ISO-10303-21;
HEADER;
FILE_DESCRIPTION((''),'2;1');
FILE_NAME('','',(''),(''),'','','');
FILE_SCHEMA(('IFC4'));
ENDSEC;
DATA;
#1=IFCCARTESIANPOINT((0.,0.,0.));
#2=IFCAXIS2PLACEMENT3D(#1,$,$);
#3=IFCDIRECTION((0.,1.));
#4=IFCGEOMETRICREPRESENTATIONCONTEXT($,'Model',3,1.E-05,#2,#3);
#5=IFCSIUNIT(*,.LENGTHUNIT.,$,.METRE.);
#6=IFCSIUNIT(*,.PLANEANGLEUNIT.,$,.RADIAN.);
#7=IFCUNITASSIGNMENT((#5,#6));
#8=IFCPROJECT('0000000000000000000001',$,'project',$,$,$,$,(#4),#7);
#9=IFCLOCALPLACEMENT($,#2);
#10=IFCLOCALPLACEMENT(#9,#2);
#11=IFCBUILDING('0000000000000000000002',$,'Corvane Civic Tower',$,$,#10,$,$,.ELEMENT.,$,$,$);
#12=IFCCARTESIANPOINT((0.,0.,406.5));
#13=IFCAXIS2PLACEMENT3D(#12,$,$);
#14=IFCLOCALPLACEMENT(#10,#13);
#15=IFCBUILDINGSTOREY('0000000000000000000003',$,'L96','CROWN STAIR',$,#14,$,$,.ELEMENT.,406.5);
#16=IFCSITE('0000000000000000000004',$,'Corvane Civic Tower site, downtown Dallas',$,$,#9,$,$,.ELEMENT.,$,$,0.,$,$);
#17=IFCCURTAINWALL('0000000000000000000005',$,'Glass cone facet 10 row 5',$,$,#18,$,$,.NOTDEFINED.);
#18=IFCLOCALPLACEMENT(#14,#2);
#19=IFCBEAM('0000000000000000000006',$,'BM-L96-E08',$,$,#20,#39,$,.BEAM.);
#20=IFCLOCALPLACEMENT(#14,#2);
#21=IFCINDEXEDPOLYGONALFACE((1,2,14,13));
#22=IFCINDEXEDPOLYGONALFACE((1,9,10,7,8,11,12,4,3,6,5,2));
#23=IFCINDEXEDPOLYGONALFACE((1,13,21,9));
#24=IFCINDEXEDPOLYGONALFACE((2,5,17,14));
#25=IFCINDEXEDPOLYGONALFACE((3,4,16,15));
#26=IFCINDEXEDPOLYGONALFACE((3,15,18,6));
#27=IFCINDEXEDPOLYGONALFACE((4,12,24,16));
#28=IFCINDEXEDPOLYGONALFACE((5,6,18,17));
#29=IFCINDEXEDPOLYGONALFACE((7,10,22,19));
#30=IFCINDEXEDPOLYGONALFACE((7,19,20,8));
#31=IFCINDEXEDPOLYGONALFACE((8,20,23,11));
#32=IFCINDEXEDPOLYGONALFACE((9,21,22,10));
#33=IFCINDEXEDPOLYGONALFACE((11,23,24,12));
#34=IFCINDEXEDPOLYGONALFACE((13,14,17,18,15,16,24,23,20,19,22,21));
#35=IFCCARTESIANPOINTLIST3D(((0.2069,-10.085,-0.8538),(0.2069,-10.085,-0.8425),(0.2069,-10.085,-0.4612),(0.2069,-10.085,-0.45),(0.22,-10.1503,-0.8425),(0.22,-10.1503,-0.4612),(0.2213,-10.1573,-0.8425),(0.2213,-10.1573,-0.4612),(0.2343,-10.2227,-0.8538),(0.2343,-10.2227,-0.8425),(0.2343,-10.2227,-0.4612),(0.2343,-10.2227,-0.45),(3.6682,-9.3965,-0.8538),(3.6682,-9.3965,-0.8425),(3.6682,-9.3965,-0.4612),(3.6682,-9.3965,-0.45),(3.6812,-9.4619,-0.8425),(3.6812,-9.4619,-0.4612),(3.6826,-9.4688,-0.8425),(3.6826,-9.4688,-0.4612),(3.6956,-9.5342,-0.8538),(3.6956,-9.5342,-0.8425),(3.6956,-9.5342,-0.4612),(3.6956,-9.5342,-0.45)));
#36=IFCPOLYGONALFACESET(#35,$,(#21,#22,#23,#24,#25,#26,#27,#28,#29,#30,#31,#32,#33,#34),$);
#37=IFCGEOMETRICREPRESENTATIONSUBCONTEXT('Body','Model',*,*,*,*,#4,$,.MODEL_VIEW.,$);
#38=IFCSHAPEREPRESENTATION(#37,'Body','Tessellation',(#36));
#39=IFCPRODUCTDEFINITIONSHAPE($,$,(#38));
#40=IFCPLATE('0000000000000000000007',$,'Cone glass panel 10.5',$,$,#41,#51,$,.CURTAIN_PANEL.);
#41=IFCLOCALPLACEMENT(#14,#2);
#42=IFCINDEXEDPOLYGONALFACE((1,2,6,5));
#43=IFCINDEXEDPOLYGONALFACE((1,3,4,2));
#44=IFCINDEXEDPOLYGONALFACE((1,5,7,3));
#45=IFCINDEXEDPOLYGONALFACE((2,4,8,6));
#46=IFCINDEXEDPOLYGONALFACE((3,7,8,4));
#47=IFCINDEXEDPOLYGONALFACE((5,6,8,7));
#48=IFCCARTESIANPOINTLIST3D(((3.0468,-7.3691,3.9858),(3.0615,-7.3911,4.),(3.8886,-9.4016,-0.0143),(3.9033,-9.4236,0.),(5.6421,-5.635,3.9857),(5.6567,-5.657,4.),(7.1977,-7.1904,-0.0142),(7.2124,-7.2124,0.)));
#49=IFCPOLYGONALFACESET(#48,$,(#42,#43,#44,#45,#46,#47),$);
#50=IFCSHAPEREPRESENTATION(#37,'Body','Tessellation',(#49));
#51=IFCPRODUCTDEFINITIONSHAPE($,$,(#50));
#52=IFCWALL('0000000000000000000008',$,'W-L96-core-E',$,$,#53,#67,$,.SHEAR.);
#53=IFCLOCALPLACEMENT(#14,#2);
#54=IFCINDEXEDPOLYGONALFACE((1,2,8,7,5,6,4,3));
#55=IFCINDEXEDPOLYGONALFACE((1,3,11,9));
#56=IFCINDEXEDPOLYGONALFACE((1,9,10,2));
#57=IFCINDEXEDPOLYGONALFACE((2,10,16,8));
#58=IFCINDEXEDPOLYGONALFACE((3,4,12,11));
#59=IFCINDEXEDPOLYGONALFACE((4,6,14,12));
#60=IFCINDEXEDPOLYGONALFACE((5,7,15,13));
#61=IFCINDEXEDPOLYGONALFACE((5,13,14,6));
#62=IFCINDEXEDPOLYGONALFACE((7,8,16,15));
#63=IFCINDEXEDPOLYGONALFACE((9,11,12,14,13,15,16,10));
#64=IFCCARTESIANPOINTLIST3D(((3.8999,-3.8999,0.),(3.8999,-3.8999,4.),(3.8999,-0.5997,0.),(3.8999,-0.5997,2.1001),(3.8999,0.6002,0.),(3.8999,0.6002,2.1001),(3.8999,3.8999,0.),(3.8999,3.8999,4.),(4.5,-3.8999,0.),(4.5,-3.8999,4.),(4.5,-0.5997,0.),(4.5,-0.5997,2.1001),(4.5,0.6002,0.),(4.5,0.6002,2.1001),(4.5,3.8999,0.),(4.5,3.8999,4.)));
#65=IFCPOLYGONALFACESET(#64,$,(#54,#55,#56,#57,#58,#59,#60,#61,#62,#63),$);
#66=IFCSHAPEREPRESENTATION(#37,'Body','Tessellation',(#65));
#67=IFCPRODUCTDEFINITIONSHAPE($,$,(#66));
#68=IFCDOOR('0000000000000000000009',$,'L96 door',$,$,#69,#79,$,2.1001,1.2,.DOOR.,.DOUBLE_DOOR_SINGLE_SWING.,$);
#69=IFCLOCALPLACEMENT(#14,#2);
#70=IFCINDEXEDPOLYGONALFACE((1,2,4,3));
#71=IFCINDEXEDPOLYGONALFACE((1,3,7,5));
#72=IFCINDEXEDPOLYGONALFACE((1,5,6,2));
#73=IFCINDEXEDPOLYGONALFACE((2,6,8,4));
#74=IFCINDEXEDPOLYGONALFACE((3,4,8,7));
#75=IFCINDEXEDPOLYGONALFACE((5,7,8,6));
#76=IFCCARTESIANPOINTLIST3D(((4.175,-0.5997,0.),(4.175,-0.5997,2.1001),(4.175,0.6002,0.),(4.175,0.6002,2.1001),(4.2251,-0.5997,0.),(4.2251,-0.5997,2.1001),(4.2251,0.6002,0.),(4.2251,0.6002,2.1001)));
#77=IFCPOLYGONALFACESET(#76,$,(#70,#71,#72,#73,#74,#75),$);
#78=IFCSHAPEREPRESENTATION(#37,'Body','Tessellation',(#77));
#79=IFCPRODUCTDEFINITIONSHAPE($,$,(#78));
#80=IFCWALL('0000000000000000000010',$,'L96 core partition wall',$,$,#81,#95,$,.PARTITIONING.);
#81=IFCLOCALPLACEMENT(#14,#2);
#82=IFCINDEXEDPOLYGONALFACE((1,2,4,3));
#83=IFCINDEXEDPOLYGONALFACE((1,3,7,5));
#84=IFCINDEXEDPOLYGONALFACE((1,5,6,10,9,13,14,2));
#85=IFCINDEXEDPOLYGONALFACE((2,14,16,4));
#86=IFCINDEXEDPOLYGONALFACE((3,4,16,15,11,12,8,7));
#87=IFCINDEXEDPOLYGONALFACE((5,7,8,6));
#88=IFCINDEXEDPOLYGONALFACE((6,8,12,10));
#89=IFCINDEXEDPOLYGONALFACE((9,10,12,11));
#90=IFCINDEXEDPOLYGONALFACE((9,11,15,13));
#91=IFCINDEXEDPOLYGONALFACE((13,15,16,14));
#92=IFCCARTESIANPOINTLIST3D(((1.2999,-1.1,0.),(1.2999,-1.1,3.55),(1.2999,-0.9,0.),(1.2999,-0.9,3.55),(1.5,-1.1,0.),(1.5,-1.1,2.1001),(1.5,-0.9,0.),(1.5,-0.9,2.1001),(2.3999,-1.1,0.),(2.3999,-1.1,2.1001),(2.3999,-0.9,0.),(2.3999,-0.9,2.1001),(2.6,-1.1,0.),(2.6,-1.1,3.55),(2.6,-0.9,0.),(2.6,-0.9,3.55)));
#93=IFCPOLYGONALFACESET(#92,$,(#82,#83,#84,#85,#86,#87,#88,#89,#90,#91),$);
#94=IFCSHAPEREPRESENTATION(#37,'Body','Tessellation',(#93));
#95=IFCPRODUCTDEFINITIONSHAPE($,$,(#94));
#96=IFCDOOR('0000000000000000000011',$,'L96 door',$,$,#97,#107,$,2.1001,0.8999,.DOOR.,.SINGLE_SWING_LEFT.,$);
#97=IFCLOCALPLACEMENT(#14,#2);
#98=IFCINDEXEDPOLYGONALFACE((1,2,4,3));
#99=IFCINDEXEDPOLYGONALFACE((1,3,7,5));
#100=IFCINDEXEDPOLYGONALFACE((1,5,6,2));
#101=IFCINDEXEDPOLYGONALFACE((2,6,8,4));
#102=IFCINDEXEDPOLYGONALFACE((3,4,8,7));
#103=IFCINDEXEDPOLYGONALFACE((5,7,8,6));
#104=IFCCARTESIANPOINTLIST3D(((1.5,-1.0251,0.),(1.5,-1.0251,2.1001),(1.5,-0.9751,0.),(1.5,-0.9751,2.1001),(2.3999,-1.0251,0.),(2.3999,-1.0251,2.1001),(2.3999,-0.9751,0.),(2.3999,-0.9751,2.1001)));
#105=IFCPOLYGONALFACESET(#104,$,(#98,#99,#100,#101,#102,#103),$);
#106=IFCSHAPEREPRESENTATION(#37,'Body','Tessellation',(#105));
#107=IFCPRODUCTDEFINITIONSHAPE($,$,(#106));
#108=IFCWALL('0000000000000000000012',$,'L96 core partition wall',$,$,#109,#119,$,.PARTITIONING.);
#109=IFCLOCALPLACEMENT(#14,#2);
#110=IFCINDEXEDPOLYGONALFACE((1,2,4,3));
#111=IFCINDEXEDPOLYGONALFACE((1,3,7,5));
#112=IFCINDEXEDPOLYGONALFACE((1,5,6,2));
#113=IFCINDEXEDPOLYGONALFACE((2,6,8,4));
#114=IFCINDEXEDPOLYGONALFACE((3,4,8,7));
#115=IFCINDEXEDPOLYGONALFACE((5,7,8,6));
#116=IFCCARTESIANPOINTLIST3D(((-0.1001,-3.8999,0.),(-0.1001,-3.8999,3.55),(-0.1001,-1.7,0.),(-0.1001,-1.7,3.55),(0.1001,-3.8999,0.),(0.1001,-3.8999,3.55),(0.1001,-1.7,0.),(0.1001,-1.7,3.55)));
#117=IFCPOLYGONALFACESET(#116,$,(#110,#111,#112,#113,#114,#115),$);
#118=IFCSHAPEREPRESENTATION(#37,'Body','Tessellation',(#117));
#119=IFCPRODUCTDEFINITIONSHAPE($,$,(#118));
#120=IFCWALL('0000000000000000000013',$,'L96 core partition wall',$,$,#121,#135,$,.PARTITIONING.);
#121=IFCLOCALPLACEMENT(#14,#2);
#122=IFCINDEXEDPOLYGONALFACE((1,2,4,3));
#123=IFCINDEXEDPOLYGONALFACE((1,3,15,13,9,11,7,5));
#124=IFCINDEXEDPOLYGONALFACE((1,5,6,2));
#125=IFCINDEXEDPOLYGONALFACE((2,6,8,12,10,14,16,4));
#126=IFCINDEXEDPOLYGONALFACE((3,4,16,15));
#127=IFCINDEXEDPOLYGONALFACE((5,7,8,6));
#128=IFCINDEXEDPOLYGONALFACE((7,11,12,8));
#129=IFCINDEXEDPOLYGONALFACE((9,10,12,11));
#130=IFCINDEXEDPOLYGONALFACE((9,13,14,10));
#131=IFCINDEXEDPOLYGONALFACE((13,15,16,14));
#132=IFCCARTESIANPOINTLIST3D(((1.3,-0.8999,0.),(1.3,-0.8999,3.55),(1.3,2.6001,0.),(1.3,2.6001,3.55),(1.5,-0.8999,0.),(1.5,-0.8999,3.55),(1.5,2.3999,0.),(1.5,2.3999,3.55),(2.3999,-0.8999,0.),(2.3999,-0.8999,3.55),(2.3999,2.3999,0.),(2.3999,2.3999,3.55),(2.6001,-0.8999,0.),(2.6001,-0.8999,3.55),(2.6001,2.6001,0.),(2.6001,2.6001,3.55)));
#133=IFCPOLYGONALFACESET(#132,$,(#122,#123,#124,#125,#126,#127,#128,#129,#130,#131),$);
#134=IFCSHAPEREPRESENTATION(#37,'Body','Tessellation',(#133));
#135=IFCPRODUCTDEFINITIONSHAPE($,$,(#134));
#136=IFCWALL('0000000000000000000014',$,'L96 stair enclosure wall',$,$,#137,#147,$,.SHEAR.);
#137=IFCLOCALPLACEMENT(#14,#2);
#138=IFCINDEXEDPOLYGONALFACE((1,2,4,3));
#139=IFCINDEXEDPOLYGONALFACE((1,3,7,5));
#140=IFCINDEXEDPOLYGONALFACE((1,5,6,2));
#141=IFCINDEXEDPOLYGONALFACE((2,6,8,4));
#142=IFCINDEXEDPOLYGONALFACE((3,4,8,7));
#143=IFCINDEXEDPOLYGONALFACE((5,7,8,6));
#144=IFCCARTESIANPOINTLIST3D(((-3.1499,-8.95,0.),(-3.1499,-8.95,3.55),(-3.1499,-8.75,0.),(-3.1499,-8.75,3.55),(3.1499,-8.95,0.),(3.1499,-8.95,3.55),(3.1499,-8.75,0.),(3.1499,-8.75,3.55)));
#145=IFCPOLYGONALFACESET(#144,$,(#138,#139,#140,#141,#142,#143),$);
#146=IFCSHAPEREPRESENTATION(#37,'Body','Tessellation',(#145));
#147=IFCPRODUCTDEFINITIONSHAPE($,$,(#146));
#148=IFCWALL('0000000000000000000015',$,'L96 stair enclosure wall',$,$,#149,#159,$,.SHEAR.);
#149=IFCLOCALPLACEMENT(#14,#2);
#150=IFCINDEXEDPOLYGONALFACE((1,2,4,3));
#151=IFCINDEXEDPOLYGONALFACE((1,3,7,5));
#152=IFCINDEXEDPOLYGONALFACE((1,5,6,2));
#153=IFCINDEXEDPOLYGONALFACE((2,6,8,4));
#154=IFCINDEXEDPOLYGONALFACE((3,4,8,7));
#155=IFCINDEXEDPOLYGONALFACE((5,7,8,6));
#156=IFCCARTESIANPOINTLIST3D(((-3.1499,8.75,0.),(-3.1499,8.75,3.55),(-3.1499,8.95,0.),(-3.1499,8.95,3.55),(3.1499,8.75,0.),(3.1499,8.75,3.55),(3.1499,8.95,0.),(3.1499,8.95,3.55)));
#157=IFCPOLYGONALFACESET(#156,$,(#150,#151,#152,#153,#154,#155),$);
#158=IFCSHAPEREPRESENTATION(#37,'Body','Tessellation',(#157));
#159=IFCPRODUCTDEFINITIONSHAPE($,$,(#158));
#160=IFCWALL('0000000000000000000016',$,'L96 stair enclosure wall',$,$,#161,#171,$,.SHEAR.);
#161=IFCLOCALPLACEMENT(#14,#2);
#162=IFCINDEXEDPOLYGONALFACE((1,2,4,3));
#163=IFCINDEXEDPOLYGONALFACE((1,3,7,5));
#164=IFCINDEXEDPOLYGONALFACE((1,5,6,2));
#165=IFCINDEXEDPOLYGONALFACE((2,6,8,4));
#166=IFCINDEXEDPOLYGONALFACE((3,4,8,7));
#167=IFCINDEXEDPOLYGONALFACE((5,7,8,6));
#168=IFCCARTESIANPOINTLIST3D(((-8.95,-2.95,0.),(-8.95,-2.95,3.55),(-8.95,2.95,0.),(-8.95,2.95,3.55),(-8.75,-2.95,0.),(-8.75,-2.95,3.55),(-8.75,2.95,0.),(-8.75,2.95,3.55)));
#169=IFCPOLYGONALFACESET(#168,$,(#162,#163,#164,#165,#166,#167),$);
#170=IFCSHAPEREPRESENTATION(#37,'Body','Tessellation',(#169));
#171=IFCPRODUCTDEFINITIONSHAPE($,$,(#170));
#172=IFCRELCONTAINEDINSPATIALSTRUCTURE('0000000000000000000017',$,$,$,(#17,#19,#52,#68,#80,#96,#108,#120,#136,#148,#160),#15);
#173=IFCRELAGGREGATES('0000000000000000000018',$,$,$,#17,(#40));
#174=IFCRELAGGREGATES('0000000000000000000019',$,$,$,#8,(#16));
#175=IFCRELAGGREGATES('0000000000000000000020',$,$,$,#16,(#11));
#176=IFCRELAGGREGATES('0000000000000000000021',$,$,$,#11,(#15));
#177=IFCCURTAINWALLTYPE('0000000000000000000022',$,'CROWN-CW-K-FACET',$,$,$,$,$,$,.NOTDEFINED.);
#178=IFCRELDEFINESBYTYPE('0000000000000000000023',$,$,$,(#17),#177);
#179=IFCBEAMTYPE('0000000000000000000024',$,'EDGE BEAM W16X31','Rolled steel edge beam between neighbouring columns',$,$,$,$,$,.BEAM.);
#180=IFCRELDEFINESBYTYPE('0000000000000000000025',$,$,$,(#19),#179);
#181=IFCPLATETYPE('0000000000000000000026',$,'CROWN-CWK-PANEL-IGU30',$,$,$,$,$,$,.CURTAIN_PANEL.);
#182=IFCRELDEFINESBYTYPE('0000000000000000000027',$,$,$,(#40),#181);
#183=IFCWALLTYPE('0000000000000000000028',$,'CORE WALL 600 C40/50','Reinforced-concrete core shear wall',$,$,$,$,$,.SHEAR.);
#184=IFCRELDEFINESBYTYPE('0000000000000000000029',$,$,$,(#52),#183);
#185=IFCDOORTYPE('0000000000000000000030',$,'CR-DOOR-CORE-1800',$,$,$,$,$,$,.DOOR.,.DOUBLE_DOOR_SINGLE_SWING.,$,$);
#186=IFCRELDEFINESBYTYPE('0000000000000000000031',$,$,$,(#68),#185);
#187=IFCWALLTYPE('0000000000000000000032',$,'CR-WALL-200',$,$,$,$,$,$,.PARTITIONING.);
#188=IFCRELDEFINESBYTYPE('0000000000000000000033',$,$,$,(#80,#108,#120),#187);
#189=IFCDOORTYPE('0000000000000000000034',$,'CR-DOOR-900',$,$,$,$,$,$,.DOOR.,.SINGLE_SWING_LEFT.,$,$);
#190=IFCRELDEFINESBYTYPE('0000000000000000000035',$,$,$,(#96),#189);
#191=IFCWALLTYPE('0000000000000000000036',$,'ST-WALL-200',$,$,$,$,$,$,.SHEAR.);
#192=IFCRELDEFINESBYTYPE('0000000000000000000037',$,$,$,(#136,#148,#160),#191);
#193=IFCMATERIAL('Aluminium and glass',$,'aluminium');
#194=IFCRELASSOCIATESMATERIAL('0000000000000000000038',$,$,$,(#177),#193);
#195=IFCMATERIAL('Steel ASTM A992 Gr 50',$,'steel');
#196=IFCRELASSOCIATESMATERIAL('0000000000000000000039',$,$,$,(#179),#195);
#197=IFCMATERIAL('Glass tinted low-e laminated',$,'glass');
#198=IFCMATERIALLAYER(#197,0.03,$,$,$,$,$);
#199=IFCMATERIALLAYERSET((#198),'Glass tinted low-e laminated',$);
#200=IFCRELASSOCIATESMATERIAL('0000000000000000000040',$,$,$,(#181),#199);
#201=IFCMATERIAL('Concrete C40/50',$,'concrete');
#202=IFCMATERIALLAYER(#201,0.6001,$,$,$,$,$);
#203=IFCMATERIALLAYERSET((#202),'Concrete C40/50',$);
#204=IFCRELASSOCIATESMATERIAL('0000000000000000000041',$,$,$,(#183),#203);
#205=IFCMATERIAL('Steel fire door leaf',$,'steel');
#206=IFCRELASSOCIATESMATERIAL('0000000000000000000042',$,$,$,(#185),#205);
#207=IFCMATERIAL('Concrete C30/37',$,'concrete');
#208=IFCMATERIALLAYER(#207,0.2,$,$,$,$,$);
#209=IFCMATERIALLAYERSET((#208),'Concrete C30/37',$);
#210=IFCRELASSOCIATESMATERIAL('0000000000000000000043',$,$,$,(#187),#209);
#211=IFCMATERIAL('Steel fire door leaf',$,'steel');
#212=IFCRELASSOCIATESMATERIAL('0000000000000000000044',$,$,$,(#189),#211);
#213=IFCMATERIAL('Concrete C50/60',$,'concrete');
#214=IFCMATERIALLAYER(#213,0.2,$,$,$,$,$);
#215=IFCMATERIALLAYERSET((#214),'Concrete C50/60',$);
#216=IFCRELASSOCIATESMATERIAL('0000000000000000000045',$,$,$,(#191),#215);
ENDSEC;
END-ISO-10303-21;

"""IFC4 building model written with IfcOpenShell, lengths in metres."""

from ifc_helpers import new_model, si_unit, direction, frame, frame_2d, origin, origin_2d, place, context, subcontext, project, spatial, polyline, rectangle, i_section, outline, extrude, material, layer, layer_set, material_profile, profile_set, type_object, element, fill, aggregate, save


model = new_model("IFC4")

# Units and contexts
model_context = context("Model", 3, precision=1e-05, world=origin(), true_north=direction((0.0, 1.0)))
body_context = subcontext(model_context, "Body", "Model", "MODEL_VIEW")
ifc_project = project(units=[si_unit("LENGTHUNIT", "METRE"), si_unit("PLANEANGLEUNIT", "RADIAN")], contexts=[model_context])

# Site, building, storey
site_placement = place(None, origin())
site = spatial("IfcSite", under=ifc_project, at=site_placement, Name="Corvane Civic Tower site, downtown Dallas", CompositionType="ELEMENT", RefElevation=0.0)
building_placement = place(site_placement, origin())
building = spatial("IfcBuilding", under=site, at=building_placement, Name="Corvane Civic Tower", CompositionType="ELEMENT")
storey_placement = place(building_placement, frame((0.0, 0.0, 406.5)))
storey = spatial("IfcBuildingStorey", under=building, at=storey_placement, Name="L96", Description="CROWN STAIR", CompositionType="ELEMENT", Elevation=406.5)

# Shared definitions
ifc_material_1 = material(Name="Aluminium and glass", Category="aluminium")
curtain_wall_type = type_object("IfcCurtainWallType", Name="CROWN-CW-K-FACET", PredefinedType="NOTDEFINED", material=ifc_material_1)

# Curtain wall
curtain_wall_1_placement = place(storey_placement, origin())
curtain_wall_1 = element("IfcCurtainWall", 1, at=curtain_wall_1_placement, inside=storey, type_object=curtain_wall_type, Name="Glass cone facet 10 row 5", PredefinedType="NOTDEFINED")

# Beam
ifc_material_2 = material(Name="Steel ASTM A992 Gr 50", Category="steel")
ifc_material_profile_1 = material_profile(ifc_material_2, i_section(OverallWidth=0.1404, OverallDepth=0.4038, WebThickness=0.0071, FlangeThickness=0.0112, at=origin_2d()), Name="W16X31")
ifc_profile_set_1 = profile_set([ifc_material_profile_1], Name="Steel ASTM A992 Gr 50")
beam_type_1 = type_object("IfcBeamType", Name="EDGE BEAM W16X31", Description="Rolled steel edge beam between neighbouring columns", PredefinedType="BEAM", material=ifc_profile_set_1)
beam_placement = place(storey_placement, frame((3.6819, -9.4653, -0.6519), z_axis=(-0.980785, -0.195092, 0.0), x_axis=(0.195092, -0.980785, 0.0)))
element("IfcBeam", 2, at=beam_placement, inside=storey, type_object=beam_type_1, Name="BM-L96-E08", PredefinedType="BEAM", context=body_context, shape_type="SweptSolid", body=[
    extrude(i_section(OverallWidth=0.1404, OverallDepth=0.4038, WebThickness=0.0071, FlangeThickness=0.0112, at=origin_2d()), origin(), (0.0, 0.0, 1.0), 3.5291),
])

# Plate
ifc_material_3 = material(Name="Glass tinted low-e laminated", Category="glass")
ifc_layer_1 = layer(ifc_material_3, 0.03)
ifc_layer_set_1 = layer_set([ifc_layer_1], Name="Glass tinted low-e laminated")
plate_type = type_object("IfcPlateType", Name="CROWN-CWK-PANEL-IGU30", PredefinedType="CURTAIN_PANEL", material=ifc_layer_set_1)
plate_placement = place(storey_placement, frame((3.9033, -9.4236, 0.0), z_axis=(0.488988, -0.731788, 0.474738), x_axis=(0.831457, 0.555589, 0.000002)))
plate = element("IfcPlate", 3, at=plate_placement, type_object=plate_type, Name="Cone glass panel 10.5", PredefinedType="CURTAIN_PANEL", context=body_context, shape_type="SweptSolid", body=[
    extrude(outline(polyline([(0.0, 0.0), (3.9799, 0.0), (3.5506, 4.5448), (0.4293, 4.5448), (0.0, 0.0)])), origin(), (0.0, 0.0, -1.0), 0.03),
])
aggregate(curtain_wall_1, [plate])

# Walls, openings, doors
ifc_material_4 = material(Name="Concrete C40/50", Category="concrete")
ifc_layer_2 = layer(ifc_material_4, 0.6001)
ifc_layer_set_2 = layer_set([ifc_layer_2], Name="Concrete C40/50")
wall_type_1 = type_object("IfcWallType", Name="CORE WALL 600 C40/50", Description="Reinforced-concrete core shear wall", PredefinedType="SHEAR", material=ifc_layer_set_2)
wall_1_placement = place(storey_placement, frame((4.2, -3.8999, 0.0), z_axis=(0.0, 0.0, 1.0), x_axis=(0.0, 1.0, 0.0)))
wall_1 = element("IfcWall", 4, at=wall_1_placement, inside=storey, type_object=wall_type_1, Name="W-L96-core-E", PredefinedType="SHEAR", context=body_context, shape_type="SweptSolid", body=[
    extrude(rectangle(XDim=7.7998, YDim=0.6001, at=frame_2d((3.8999, 0.0))), origin(), (0.0, 0.0, 1.0), 4.0),
])
opening_1_placement = place(wall_1_placement, frame((3.3, 0.0, 0.0)))
opening_1 = element("IfcOpeningElement", 5, at=opening_1_placement, cuts=wall_1, PredefinedType="OPENING", context=body_context, shape_type="SweptSolid", body=[
    extrude(rectangle(XDim=1.2, YDim=2.1001, at=frame_2d((0.6001, 1.05))), frame((0.0, 0.3101, 0.0), z_axis=(0.0, -1.0, 0.0), x_axis=(1.0, 0.0, 0.0)), (0.0, 0.0, 1.0), 0.6201),
])
ifc_material_5 = material(Name="Steel fire door leaf", Category="steel")
door_type_1 = type_object("IfcDoorType", Name="CR-DOOR-CORE-1800", OperationType="DOUBLE_DOOR_SINGLE_SWING", PredefinedType="DOOR", material=ifc_material_5)
door_1_placement = place(opening_1_placement, origin())
door_1 = element("IfcDoor", 6, at=door_1_placement, inside=storey, type_object=door_type_1, Name="L96 door", OperationType="DOUBLE_DOOR_SINGLE_SWING", OverallHeight=2.1001, OverallWidth=1.2, PredefinedType="DOOR", context=body_context, shape_type="SweptSolid", body=[
    extrude(rectangle(XDim=1.2, YDim=2.1001, at=frame_2d((0.6001, 1.05))), frame((0.0, 0.0249, 0.0), z_axis=(0.0, -1.0, 0.0), x_axis=(1.0, 0.0, 0.0)), (0.0, 0.0, 1.0), 0.05),
])
fill(opening_1, door_1)
ifc_material_6 = material(Name="Concrete C30/37", Category="concrete")
ifc_layer_3 = layer(ifc_material_6, 0.2)
ifc_layer_set_3 = layer_set([ifc_layer_3], Name="Concrete C30/37")
wall_type_2 = type_object("IfcWallType", Name="CR-WALL-200", PredefinedType="PARTITIONING", material=ifc_layer_set_3)
wall_2_placement = place(storey_placement, frame((1.3, -1.0, 0.0), z_axis=(0.0, 0.0, 1.0), x_axis=(1.0, 0.0, 0.0)))
wall_2 = element("IfcWall", 7, at=wall_2_placement, inside=storey, type_object=wall_type_2, Name="L96 core partition wall", PredefinedType="PARTITIONING", context=body_context, shape_type="SweptSolid", body=[
    extrude(rectangle(XDim=1.3, YDim=0.2, at=frame_2d((0.6499, 0.0))), origin(), (0.0, 0.0, 1.0), 3.55),
])
opening_2_placement = place(wall_2_placement, frame((0.2, 0.0, 0.0)))
opening_2 = element("IfcOpeningElement", 8, at=opening_2_placement, cuts=wall_2, PredefinedType="OPENING", context=body_context, shape_type="SweptSolid", body=[
    extrude(rectangle(XDim=0.8999, YDim=2.1001, at=frame_2d((0.45, 1.05))), frame((0.0, 0.1099, 0.0), z_axis=(0.0, -1.0, 0.0), x_axis=(1.0, 0.0, 0.0)), (0.0, 0.0, 1.0), 0.22),
])
ifc_material_7 = material(Name="Steel fire door leaf", Category="steel")
door_type_2 = type_object("IfcDoorType", Name="CR-DOOR-900", OperationType="SINGLE_SWING_LEFT", PredefinedType="DOOR", material=ifc_material_7)
door_2_placement = place(opening_2_placement, origin())
door_2 = element("IfcDoor", 9, at=door_2_placement, inside=storey, type_object=door_type_2, Name="L96 door", OperationType="SINGLE_SWING_LEFT", OverallHeight=2.1001, OverallWidth=0.8999, PredefinedType="DOOR", context=body_context, shape_type="SweptSolid", body=[
    extrude(rectangle(XDim=0.8999, YDim=2.1001, at=frame_2d((0.45, 1.05))), frame((0.0, 0.0249, 0.0), z_axis=(0.0, -1.0, 0.0), x_axis=(1.0, 0.0, 0.0)), (0.0, 0.0, 1.0), 0.05),
])
fill(opening_2, door_2)

# Walls
wall_3_placement = place(storey_placement, origin())
element("IfcWall", 10, at=wall_3_placement, inside=storey, type_object=wall_type_2, Name="L96 core partition wall", PredefinedType="PARTITIONING", context=body_context, shape_type="SweptSolid", body=[
    extrude(outline(polyline([(-0.1001, -3.8999), (-0.1001, -1.7), (0.1001, -1.7), (0.1001, -3.8999), (-0.1001, -3.8999)])), origin(), (0.0, 0.0, 1.0), 3.55),
])
wall_4_placement = place(storey_placement, origin())
element("IfcWall", 11, at=wall_4_placement, inside=storey, type_object=wall_type_2, Name="L96 core partition wall", PredefinedType="PARTITIONING", context=body_context, shape_type="SweptSolid", body=[
    extrude(outline(polyline([(1.3, -0.8999), (1.3, 2.6001), (2.6001, 2.6001), (2.6001, -0.8999), (2.3999, -0.8999), (2.3999, 2.3999), (1.5, 2.3999), (1.5, -0.8999), (1.3, -0.8999)])), origin(), (0.0, 0.0, 1.0), 3.55),
])
ifc_material_8 = material(Name="Concrete C50/60", Category="concrete")
ifc_layer_4 = layer(ifc_material_8, 0.2)
ifc_layer_set_4 = layer_set([ifc_layer_4], Name="Concrete C50/60")
wall_type_3 = type_object("IfcWallType", Name="ST-WALL-200", PredefinedType="SHEAR", material=ifc_layer_set_4)
wall_5_placement = place(storey_placement, origin())
element("IfcWall", 12, at=wall_5_placement, inside=storey, type_object=wall_type_3, Name="L96 stair enclosure wall", PredefinedType="SHEAR", context=body_context, shape_type="SweptSolid", body=[
    extrude(outline(polyline([(3.1499, -8.75), (3.1499, -8.95), (-3.1499, -8.95), (-3.1499, -8.75), (3.1499, -8.75)])), origin(), (0.0, 0.0, 1.0), 3.55),
])
wall_6_placement = place(storey_placement, origin())
element("IfcWall", 13, at=wall_6_placement, inside=storey, type_object=wall_type_3, Name="L96 stair enclosure wall", PredefinedType="SHEAR", context=body_context, shape_type="SweptSolid", body=[
    extrude(outline(polyline([(3.1499, 8.75), (-3.1499, 8.75), (-3.1499, 8.95), (3.1499, 8.95), (3.1499, 8.75)])), origin(), (0.0, 0.0, 1.0), 3.55),
])
wall_7_placement = place(storey_placement, origin())
element("IfcWall", 14, at=wall_7_placement, inside=storey, type_object=wall_type_3, Name="L96 stair enclosure wall", PredefinedType="SHEAR", context=body_context, shape_type="SweptSolid", body=[
    extrude(outline(polyline([(-8.75, 2.95), (-8.75, -2.95), (-8.95, -2.95), (-8.95, 2.95), (-8.75, 2.95)])), origin(), (0.0, 0.0, 1.0), 3.55),
])

save(model, "model.ifc")
